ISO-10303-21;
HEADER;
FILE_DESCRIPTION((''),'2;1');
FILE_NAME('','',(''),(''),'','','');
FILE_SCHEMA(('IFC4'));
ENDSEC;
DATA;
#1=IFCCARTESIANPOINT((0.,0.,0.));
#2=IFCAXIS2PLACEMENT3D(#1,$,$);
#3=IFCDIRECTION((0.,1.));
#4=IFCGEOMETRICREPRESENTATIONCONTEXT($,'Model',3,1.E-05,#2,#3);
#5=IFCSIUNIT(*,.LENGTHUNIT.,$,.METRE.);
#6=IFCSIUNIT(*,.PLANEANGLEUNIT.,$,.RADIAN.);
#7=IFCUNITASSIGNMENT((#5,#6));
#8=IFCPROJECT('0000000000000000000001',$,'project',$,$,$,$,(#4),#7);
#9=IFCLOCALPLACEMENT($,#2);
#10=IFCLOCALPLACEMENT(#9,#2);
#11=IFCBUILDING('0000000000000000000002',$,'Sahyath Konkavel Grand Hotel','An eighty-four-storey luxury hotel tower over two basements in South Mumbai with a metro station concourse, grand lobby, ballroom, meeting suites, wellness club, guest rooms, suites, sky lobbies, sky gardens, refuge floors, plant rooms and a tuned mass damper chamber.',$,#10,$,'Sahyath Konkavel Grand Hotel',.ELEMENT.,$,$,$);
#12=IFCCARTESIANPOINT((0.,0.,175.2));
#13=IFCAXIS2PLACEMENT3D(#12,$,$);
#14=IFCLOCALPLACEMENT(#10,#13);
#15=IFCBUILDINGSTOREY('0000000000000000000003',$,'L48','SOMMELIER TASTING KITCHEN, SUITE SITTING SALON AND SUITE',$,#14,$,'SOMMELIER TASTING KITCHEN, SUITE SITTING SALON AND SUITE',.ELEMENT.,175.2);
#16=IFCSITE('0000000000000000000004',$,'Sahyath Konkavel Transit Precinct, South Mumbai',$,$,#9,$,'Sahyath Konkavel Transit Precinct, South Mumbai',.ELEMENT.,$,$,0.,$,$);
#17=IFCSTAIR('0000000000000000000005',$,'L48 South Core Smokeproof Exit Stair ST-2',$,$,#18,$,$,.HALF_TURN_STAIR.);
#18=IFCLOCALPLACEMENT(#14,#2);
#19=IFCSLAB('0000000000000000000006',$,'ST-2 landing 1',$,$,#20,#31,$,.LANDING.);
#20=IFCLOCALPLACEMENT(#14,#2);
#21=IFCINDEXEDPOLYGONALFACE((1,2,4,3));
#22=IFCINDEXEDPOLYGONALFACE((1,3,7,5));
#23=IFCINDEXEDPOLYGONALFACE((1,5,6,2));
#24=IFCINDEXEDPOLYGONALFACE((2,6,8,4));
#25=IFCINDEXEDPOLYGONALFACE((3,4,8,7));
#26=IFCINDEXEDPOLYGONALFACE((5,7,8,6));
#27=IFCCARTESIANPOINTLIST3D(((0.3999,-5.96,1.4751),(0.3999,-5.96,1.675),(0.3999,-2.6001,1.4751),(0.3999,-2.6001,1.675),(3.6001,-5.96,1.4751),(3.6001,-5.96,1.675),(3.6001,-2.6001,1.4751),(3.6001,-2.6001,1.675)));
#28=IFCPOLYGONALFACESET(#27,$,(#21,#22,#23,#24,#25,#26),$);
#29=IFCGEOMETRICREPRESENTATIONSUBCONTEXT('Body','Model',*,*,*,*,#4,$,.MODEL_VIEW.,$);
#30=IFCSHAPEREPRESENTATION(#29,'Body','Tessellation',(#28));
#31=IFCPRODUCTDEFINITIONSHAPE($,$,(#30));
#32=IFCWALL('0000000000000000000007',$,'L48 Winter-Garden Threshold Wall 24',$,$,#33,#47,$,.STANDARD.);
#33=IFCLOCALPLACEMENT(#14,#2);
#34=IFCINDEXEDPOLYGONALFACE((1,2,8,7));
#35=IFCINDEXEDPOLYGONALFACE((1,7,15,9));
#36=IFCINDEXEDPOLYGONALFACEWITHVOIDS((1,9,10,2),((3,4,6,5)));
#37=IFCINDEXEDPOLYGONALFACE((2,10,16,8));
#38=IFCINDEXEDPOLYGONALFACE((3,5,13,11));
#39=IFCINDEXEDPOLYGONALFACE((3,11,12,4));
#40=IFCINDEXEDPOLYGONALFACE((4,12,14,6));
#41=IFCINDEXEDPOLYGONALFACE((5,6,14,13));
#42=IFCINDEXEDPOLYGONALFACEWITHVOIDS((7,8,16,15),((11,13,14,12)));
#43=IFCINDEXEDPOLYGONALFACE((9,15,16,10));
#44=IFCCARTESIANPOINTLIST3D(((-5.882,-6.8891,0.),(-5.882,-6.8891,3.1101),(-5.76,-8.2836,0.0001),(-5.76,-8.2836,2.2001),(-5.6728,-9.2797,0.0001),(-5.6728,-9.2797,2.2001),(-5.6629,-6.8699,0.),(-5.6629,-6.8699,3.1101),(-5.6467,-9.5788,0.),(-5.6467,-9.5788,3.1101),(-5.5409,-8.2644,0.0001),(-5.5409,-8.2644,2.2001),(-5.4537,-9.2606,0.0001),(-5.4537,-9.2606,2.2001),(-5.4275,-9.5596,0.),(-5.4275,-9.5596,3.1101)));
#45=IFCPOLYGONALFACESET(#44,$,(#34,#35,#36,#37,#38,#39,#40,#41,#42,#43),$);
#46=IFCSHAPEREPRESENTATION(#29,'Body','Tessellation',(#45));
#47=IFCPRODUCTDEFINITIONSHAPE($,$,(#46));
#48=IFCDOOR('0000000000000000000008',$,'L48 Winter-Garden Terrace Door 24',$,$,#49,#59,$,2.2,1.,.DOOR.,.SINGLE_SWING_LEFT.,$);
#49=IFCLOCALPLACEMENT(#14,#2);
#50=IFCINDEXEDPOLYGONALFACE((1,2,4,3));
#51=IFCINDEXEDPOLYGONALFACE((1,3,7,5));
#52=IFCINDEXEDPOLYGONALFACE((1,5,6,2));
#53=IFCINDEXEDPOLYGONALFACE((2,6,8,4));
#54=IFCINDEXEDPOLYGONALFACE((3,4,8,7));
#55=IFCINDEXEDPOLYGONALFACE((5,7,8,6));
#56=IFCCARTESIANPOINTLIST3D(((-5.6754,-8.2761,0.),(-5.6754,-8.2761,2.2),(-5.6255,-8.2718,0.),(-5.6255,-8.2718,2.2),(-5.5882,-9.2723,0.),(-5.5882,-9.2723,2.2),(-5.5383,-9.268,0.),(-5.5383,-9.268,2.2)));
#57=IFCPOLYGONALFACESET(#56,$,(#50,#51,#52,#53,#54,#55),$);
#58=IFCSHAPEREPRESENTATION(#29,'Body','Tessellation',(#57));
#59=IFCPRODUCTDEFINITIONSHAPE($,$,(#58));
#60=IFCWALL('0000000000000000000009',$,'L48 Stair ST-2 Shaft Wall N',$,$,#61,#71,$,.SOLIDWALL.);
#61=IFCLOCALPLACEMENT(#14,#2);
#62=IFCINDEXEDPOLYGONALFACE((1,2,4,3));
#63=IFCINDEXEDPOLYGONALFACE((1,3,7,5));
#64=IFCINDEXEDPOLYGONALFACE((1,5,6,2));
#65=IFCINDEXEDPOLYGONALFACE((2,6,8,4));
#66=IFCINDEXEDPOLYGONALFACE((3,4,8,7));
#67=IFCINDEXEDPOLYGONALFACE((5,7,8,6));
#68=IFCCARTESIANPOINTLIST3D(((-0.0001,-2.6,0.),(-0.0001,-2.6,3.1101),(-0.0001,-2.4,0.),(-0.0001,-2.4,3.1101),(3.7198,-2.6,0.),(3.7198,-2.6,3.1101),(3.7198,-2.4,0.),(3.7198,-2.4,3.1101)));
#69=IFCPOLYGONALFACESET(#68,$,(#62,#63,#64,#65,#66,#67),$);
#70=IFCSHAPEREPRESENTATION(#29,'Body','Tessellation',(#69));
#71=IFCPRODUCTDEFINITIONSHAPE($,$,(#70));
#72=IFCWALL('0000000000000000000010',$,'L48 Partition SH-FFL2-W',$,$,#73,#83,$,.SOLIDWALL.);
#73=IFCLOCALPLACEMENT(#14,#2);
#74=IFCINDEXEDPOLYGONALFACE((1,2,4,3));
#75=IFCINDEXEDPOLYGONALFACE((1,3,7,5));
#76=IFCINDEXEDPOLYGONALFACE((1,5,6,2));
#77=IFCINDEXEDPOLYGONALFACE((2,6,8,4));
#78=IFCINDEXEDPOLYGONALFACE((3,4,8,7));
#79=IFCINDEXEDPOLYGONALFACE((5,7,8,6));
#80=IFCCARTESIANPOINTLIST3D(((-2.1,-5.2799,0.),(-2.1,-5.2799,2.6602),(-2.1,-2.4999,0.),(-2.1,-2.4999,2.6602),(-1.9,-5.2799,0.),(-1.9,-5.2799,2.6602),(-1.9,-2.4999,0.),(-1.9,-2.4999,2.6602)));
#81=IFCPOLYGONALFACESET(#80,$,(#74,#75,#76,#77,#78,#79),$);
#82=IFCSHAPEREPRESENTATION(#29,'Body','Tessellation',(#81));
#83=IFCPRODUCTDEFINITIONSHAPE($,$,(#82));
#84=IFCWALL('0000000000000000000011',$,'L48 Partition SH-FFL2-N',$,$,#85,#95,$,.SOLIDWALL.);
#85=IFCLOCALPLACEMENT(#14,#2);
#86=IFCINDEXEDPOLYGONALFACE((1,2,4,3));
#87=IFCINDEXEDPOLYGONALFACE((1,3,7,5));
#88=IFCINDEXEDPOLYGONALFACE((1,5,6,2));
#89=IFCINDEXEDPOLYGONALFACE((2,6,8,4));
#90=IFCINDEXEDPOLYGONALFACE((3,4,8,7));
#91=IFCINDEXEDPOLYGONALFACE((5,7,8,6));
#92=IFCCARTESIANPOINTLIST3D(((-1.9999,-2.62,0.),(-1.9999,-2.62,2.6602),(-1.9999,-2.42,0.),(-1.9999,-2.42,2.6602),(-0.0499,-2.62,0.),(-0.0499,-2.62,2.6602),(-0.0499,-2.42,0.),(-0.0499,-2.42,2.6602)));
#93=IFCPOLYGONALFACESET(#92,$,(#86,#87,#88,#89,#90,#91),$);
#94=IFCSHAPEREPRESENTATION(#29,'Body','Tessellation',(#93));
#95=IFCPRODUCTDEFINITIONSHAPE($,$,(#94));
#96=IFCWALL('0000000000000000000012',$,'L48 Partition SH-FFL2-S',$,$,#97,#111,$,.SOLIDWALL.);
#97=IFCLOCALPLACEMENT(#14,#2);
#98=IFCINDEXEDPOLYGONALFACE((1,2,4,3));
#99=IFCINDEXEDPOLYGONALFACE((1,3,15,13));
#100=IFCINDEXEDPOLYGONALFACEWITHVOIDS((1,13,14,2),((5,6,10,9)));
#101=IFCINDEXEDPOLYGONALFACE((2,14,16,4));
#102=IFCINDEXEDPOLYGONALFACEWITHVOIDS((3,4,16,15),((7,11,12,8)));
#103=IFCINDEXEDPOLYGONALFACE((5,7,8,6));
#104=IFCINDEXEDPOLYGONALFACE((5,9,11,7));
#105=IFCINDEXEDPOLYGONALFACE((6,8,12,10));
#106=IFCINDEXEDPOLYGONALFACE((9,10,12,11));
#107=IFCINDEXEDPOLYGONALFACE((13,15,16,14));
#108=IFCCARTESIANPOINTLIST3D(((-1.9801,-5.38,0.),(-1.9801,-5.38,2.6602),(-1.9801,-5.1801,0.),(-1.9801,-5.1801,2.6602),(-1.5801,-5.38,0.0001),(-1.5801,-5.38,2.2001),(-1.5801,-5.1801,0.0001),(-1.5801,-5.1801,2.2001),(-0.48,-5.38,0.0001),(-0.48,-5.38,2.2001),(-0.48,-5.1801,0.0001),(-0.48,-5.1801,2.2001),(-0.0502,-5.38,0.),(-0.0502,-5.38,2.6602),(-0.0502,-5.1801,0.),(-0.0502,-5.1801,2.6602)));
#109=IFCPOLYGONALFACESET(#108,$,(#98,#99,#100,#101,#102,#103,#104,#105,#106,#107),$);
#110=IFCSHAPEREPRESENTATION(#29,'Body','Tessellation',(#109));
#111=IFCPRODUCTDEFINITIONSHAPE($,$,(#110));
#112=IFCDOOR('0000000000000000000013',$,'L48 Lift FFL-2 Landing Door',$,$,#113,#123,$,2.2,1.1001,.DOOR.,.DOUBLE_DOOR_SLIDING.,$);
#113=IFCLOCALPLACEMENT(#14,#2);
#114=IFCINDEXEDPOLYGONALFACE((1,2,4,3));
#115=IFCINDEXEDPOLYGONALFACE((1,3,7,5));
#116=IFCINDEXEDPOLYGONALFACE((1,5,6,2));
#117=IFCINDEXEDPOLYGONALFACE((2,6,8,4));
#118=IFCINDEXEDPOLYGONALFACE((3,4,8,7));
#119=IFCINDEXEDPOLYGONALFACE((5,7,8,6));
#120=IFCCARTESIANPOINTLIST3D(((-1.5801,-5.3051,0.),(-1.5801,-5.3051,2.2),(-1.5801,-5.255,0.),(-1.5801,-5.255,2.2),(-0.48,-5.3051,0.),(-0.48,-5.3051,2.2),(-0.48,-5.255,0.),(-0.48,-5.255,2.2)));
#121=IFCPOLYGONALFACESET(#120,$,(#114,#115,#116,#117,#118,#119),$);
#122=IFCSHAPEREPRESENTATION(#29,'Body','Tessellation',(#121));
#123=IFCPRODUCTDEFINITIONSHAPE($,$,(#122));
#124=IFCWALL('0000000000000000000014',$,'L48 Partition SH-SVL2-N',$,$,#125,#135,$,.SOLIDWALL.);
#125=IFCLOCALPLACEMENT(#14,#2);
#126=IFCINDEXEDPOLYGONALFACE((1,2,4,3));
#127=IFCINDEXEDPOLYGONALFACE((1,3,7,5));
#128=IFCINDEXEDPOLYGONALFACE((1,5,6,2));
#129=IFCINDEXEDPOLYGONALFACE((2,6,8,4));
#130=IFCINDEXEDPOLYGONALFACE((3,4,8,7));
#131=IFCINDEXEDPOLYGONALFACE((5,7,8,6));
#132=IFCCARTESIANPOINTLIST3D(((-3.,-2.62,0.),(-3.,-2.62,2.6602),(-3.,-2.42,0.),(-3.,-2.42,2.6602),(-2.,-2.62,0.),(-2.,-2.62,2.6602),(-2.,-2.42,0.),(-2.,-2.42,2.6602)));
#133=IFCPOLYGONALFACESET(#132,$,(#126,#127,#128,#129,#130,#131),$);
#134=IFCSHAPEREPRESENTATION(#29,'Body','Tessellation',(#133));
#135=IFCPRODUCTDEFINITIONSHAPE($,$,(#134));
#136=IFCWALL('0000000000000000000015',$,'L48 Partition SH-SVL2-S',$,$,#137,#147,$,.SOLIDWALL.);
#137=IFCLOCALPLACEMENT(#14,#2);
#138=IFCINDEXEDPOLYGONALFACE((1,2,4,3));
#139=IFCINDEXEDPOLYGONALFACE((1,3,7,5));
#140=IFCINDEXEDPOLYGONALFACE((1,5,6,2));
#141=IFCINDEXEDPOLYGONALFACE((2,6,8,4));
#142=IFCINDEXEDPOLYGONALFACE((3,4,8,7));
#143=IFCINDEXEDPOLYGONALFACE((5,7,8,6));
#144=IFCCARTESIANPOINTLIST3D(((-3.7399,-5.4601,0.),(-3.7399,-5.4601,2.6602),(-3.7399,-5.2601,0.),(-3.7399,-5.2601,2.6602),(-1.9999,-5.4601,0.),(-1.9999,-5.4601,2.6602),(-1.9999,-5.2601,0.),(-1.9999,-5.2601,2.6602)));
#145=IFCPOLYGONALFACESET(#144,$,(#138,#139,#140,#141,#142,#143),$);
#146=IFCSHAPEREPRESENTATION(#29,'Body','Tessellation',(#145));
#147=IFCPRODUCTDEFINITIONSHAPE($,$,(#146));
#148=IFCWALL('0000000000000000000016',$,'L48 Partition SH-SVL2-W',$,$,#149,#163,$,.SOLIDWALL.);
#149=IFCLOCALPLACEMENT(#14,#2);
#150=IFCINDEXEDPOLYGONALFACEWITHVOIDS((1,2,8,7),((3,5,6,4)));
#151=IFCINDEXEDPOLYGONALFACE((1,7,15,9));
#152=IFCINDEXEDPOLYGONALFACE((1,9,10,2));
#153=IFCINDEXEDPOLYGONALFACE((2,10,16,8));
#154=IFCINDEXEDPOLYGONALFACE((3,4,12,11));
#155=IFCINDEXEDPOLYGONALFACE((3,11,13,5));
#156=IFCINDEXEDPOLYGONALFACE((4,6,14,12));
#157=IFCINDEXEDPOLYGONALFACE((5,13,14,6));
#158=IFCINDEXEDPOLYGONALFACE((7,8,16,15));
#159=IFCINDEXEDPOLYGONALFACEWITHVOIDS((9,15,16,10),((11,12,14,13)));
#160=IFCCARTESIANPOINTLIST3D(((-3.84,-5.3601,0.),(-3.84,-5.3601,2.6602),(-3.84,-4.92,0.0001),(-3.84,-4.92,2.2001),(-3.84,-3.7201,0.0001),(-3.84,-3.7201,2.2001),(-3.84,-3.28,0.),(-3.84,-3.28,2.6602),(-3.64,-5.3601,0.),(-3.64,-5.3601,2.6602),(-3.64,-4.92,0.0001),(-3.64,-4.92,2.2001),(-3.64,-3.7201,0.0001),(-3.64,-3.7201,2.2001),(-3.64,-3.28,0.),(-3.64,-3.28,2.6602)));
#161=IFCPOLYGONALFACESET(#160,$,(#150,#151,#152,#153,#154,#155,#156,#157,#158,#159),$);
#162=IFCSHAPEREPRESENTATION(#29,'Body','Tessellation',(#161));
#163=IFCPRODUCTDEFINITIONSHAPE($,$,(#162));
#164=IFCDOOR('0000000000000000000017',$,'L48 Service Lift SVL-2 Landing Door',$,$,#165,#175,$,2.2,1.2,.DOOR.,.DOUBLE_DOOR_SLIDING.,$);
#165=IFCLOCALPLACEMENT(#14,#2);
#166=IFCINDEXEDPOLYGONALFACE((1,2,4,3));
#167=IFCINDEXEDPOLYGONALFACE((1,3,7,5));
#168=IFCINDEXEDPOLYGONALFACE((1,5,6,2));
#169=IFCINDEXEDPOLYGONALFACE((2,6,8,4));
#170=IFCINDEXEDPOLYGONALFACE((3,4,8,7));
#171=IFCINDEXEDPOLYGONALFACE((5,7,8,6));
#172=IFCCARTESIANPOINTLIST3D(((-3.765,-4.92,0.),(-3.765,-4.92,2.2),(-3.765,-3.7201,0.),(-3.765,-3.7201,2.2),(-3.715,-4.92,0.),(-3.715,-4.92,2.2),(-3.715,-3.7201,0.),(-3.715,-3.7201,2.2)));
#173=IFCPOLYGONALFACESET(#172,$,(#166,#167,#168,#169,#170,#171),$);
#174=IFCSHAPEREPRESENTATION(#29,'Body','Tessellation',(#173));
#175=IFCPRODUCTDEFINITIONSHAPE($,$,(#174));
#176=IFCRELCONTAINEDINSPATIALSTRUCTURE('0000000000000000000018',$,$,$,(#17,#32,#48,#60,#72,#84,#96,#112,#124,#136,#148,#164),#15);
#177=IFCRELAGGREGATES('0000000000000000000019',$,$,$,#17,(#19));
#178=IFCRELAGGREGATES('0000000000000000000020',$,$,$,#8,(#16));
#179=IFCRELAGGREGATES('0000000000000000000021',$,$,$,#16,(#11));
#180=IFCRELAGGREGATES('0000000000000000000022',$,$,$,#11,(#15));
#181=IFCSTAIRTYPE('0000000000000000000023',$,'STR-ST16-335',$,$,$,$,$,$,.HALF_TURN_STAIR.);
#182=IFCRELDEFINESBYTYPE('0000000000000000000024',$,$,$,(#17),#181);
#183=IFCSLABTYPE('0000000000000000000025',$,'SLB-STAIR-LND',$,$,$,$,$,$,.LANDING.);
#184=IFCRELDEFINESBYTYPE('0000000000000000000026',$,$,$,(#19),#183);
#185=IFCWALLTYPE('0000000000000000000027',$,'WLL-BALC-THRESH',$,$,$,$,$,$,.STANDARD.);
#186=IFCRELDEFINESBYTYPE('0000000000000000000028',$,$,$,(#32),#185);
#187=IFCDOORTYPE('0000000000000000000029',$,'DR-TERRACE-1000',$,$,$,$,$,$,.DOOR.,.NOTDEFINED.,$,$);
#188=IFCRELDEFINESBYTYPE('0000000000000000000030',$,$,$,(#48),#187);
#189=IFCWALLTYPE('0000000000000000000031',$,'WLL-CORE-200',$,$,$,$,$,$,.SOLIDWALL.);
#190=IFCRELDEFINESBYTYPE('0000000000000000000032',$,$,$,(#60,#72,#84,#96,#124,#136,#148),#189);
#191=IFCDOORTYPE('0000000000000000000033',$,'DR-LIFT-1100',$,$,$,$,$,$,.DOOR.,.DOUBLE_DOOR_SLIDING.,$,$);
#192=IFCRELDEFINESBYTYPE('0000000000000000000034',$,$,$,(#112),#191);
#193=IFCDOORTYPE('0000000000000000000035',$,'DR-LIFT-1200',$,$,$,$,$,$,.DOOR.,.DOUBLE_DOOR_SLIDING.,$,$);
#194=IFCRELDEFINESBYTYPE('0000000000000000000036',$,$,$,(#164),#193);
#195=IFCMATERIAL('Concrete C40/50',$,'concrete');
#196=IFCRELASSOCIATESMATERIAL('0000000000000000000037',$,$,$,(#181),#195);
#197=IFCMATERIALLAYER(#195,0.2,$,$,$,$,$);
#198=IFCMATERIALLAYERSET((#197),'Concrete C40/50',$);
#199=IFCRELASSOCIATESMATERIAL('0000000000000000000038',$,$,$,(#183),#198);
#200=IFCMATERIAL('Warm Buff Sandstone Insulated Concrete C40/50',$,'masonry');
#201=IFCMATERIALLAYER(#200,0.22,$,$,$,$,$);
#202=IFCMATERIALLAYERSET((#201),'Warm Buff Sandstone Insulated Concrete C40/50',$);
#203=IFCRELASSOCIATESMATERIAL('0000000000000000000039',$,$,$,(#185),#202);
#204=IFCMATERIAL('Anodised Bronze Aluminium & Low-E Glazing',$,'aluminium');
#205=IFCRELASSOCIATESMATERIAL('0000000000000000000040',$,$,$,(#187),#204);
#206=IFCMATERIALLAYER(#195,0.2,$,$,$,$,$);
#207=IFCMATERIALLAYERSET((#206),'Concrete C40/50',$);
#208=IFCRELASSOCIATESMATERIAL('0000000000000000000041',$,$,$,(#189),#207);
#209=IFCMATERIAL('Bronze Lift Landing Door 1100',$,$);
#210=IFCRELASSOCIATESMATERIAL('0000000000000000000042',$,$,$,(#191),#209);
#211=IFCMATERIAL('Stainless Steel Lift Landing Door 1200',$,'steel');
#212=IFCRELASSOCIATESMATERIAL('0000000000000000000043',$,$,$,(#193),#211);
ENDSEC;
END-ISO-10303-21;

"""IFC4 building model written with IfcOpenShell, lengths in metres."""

from ifc_helpers import new_model, si_unit, direction, frame, frame_2d, origin, origin_2d, place, context, subcontext, project, spatial, polyline, rectangle, outline, extrude, source, transform, mapped, material, layer, layer_set, type_object, element, fill, aggregate, save


model = new_model("IFC4")

# Units and contexts
model_context = context("Model", 3, precision=1e-05, world=origin(), true_north=direction((0.0, 1.0)))
body_context = subcontext(model_context, "Body", "Model", "MODEL_VIEW")
ifc_project = project(units=[si_unit("LENGTHUNIT", "METRE"), si_unit("PLANEANGLEUNIT", "RADIAN")], contexts=[model_context])

# Site, building, storey
site_placement = place(None, origin())
site = spatial("IfcSite", under=ifc_project, at=site_placement, Name="Sahyath Konkavel Transit Precinct, South Mumbai", LongName="Sahyath Konkavel Transit Precinct, South Mumbai", CompositionType="ELEMENT", RefElevation=0.0)
building_placement = place(site_placement, origin())
building = spatial("IfcBuilding", under=site, at=building_placement, Name="Sahyath Konkavel Grand Hotel", Description="An eighty-four-storey luxury hotel tower over two basements in South Mumbai with a metro station concourse, grand lobby, ballroom, meeting suites, wellness club, guest rooms, suites, sky lobbies, sky gardens, refuge floors, plant rooms and a tuned mass damper chamber.", LongName="Sahyath Konkavel Grand Hotel", CompositionType="ELEMENT")
storey_placement = place(building_placement, frame((0.0, 0.0, 175.2)))
storey = spatial("IfcBuildingStorey", under=building, at=storey_placement, Name="L48", Description="SOMMELIER TASTING KITCHEN, SUITE SITTING SALON AND SUITE", LongName="SOMMELIER TASTING KITCHEN, SUITE SITTING SALON AND SUITE", CompositionType="ELEMENT", Elevation=175.2)

# Shared definitions
ifc_material_1 = material(Name="Anodised Bronze Aluminium & Low-E Glazing", Category="aluminium")

# Shared definitions
ifc_material_2 = material(Name="Concrete C40/50", Category="concrete")

# Stair, slab
stair_type = type_object("IfcStairType", Name="STR-ST16-335", PredefinedType="HALF_TURN_STAIR", material=ifc_material_2)
ifc_layer_1 = layer(ifc_material_2, 0.2)
ifc_layer_set_1 = layer_set([ifc_layer_1], Name="Concrete C40/50")
slab_type_1 = type_object("IfcSlabType", Name="SLB-STAIR-LND", PredefinedType="LANDING", material=ifc_layer_set_1)
stair_1_placement = place(storey_placement, origin())
stair_1 = element("IfcStair", 1, at=stair_1_placement, inside=storey, type_object=stair_type, Name="L48 South Core Smokeproof Exit Stair ST-2", PredefinedType="HALF_TURN_STAIR")
slab_1_placement = place(storey_placement, frame((0.0, 0.0, 1.4751)))
slab_1 = element("IfcSlab", 2, at=slab_1_placement, type_object=slab_type_1, Name="ST-2 landing 1", PredefinedType="LANDING", context=body_context, shape_type="SweptSolid", body=[
    extrude(outline(polyline([(3.6001, -5.96), (3.6001, -2.6001), (0.3999, -2.6001), (0.3999, -5.96), (3.6001, -5.96)])), origin(), (0.0, 0.0, 1.0), 0.2),
])
aggregate(stair_1, [slab_1])

# Wall, opening, door
ifc_material_3 = material(Name="Warm Buff Sandstone Insulated Concrete C40/50", Category="masonry")
ifc_layer_2 = layer(ifc_material_3, 0.22)
ifc_layer_set_2 = layer_set([ifc_layer_2], Name="Warm Buff Sandstone Insulated Concrete C40/50")
wall_type_1 = type_object("IfcWallType", Name="WLL-BALC-THRESH", PredefinedType="STANDARD", material=ifc_layer_set_2)
wall_1_placement = place(storey_placement, frame((-5.7725, -6.8794, 0.0), z_axis=(0.0, 0.0, 1.0), x_axis=(0.087168, -0.996194, 0.0)))
wall_1 = element("IfcWall", 3, at=wall_1_placement, inside=storey, type_object=wall_type_1, Name="L48 Winter-Garden Threshold Wall 24", PredefinedType="STANDARD", context=body_context, shape_type="SweptSolid", body=[
    extrude(rectangle(XDim=2.7, YDim=0.22, at=frame_2d((1.3501, 0.0))), origin(), (0.0, 0.0, 1.0), 3.1101),
])
opening_1_placement = place(wall_1_placement, frame((1.3999, 0.0, 0.0)))
opening_1 = element("IfcOpeningElement", 4, at=opening_1_placement, cuts=wall_1, PredefinedType="OPENING", context=body_context, shape_type="SweptSolid", body=[
    extrude(rectangle(XDim=1.0, YDim=2.2, at=frame_2d((0.5, 1.1001))), frame((0.0, 0.1201, 0.0), z_axis=(0.0, -1.0, 0.0), x_axis=(1.0, 0.0, 0.0)), (0.0, 0.0, 1.0), 0.24),
])
door_type_1 = type_object("IfcDoorType", Name="DR-TERRACE-1000", OperationType="NOTDEFINED", PredefinedType="DOOR", material=ifc_material_1)
shared_shape_1 = source(origin(), body_context, "Body", "SweptSolid", [
    extrude(rectangle(XDim=1.0, YDim=0.05, at=origin_2d()), origin(), (0.0, 0.0, 1.0), 2.2),
])
door_1_placement = place(opening_1_placement, frame((0.5, 0.0, 0.0)))
door_1 = element("IfcDoor", 5, at=door_1_placement, inside=storey, type_object=door_type_1, Name="L48 Winter-Garden Terrace Door 24", OperationType="SINGLE_SWING_LEFT", OverallHeight=2.2, OverallWidth=1.0, PredefinedType="DOOR", context=body_context, shape_type="MappedRepresentation", body=[
    mapped(shared_shape_1, transform((0.0, 0.0, 0.0), scale=1.0)),
])
fill(opening_1, door_1)

# Walls
ifc_layer_3 = layer(ifc_material_2, 0.2)
ifc_layer_set_3 = layer_set([ifc_layer_3], Name="Concrete C40/50")
wall_type_2 = type_object("IfcWallType", Name="WLL-CORE-200", PredefinedType="SOLIDWALL", material=ifc_layer_set_3)
wall_2_placement = place(storey_placement, frame((0.0, -2.5, 0.0), z_axis=(0.0, 0.0, 1.0), x_axis=(1.0, 0.0, 0.0)))
element("IfcWall", 6, at=wall_2_placement, inside=storey, type_object=wall_type_2, Name="L48 Stair ST-2 Shaft Wall N", PredefinedType="SOLIDWALL", context=body_context, shape_type="SweptSolid", body=[
    extrude(rectangle(XDim=3.72, YDim=0.2, at=frame_2d((1.8599, 0.0))), origin(), (0.0, 0.0, 1.0), 3.1101),
])
wall_3_placement = place(storey_placement, frame((-2.0, -5.28, 0.0), z_axis=(0.0, 0.0, 1.0), x_axis=(0.0, 1.0, 0.0)))
element("IfcWall", 7, at=wall_3_placement, inside=storey, type_object=wall_type_2, Name="L48 Partition SH-FFL2-W", PredefinedType="SOLIDWALL", context=body_context, shape_type="SweptSolid", body=[
    extrude(rectangle(XDim=2.78, YDim=0.2, at=frame_2d((1.3901, 0.0))), origin(), (0.0, 0.0, 1.0), 2.6602),
])
wall_4_placement = place(storey_placement, frame((-2.0, -2.52, 0.0), z_axis=(0.0, 0.0, 1.0), x_axis=(1.0, 0.0, 0.0)))
element("IfcWall", 8, at=wall_4_placement, inside=storey, type_object=wall_type_2, Name="L48 Partition SH-FFL2-N", PredefinedType="SOLIDWALL", context=body_context, shape_type="SweptSolid", body=[
    extrude(rectangle(XDim=1.95, YDim=0.2, at=frame_2d((0.9751, 0.0))), origin(), (0.0, 0.0, 1.0), 2.6602),
])

# Wall, opening, door
wall_5_placement = place(storey_placement, frame((-1.98, -5.28, 0.0), z_axis=(0.0, 0.0, 1.0), x_axis=(1.0, 0.0, 0.0)))
wall_5 = element("IfcWall", 9, at=wall_5_placement, inside=storey, type_object=wall_type_2, Name="L48 Partition SH-FFL2-S", PredefinedType="SOLIDWALL", context=body_context, shape_type="SweptSolid", body=[
    extrude(rectangle(XDim=1.9299, YDim=0.2, at=frame_2d((0.9648, 0.0))), origin(), (0.0, 0.0, 1.0), 2.6602),
])
opening_2_placement = place(wall_5_placement, frame((0.3999, 0.0, 0.0)))
opening_2 = element("IfcOpeningElement", 10, at=opening_2_placement, cuts=wall_5, PredefinedType="OPENING", context=body_context, shape_type="SweptSolid", body=[
    extrude(rectangle(XDim=1.1001, YDim=2.2, at=frame_2d((0.55, 1.1001))), frame((0.0, 0.1099, 0.0), z_axis=(0.0, -1.0, 0.0), x_axis=(1.0, 0.0, 0.0)), (0.0, 0.0, 1.0), 0.22),
])
ifc_material_4 = material(Name="Bronze Lift Landing Door 1100")
door_type_2 = type_object("IfcDoorType", Name="DR-LIFT-1100", OperationType="DOUBLE_DOOR_SLIDING", PredefinedType="DOOR", material=ifc_material_4)
shared_shape_2 = source(origin(), body_context, "Body", "SweptSolid", [
    extrude(rectangle(XDim=1.1001, YDim=0.05, at=origin_2d()), origin(), (0.0, 0.0, 1.0), 2.2),
])
door_2_placement = place(opening_2_placement, frame((0.55, 0.0, 0.0)))
door_2 = element("IfcDoor", 11, at=door_2_placement, inside=storey, type_object=door_type_2, Name="L48 Lift FFL-2 Landing Door", OperationType="DOUBLE_DOOR_SLIDING", OverallHeight=2.2, OverallWidth=1.1001, PredefinedType="DOOR", context=body_context, shape_type="MappedRepresentation", body=[
    mapped(shared_shape_2, transform((0.0, 0.0, 0.0), scale=1.0)),
])
fill(opening_2, door_2)

# Walls
wall_6_placement = place(storey_placement, frame((-3.0, -2.52, 0.0), z_axis=(0.0, 0.0, 1.0), x_axis=(1.0, 0.0, 0.0)))
element("IfcWall", 12, at=wall_6_placement, inside=storey, type_object=wall_type_2, Name="L48 Partition SH-SVL2-N", PredefinedType="SOLIDWALL", context=body_context, shape_type="SweptSolid", body=[
    extrude(rectangle(XDim=1.0, YDim=0.2, at=frame_2d((0.5, 0.0))), origin(), (0.0, 0.0, 1.0), 2.6602),
])
wall_7_placement = place(storey_placement, frame((-3.74, -5.3601, 0.0), z_axis=(0.0, 0.0, 1.0), x_axis=(1.0, 0.0, 0.0)))
element("IfcWall", 13, at=wall_7_placement, inside=storey, type_object=wall_type_2, Name="L48 Partition SH-SVL2-S", PredefinedType="SOLIDWALL", context=body_context, shape_type="SweptSolid", body=[
    extrude(rectangle(XDim=1.74, YDim=0.2, at=frame_2d((0.8701, 0.0))), origin(), (0.0, 0.0, 1.0), 2.6602),
])

# Wall, opening, door
wall_8_placement = place(storey_placement, frame((-3.74, -5.3601, 0.0), z_axis=(0.0, 0.0, 1.0), x_axis=(0.0, 1.0, 0.0)))
wall_8 = element("IfcWall", 14, at=wall_8_placement, inside=storey, type_object=wall_type_2, Name="L48 Partition SH-SVL2-W", PredefinedType="SOLIDWALL", context=body_context, shape_type="SweptSolid", body=[
    extrude(rectangle(XDim=2.0801, YDim=0.2, at=frame_2d((1.04, 0.0))), origin(), (0.0, 0.0, 1.0), 2.6602),
])
opening_3_placement = place(wall_8_placement, frame((0.4399, 0.0, 0.0)))
opening_3 = element("IfcOpeningElement", 15, at=opening_3_placement, cuts=wall_8, PredefinedType="OPENING", context=body_context, shape_type="SweptSolid", body=[
    extrude(rectangle(XDim=1.2, YDim=2.2, at=frame_2d((0.6001, 1.1001))), frame((0.0, 0.1099, 0.0), z_axis=(0.0, -1.0, 0.0), x_axis=(1.0, 0.0, 0.0)), (0.0, 0.0, 1.0), 0.22),
])
ifc_material_5 = material(Name="Stainless Steel Lift Landing Door 1200", Category="steel")
door_type_3 = type_object("IfcDoorType", Name="DR-LIFT-1200", OperationType="DOUBLE_DOOR_SLIDING", PredefinedType="DOOR", material=ifc_material_5)
shared_shape_3 = source(origin(), body_context, "Body", "SweptSolid", [
    extrude(rectangle(XDim=1.2, YDim=0.05, at=origin_2d()), origin(), (0.0, 0.0, 1.0), 2.2),
])
door_3_placement = place(opening_3_placement, frame((0.6001, 0.0, 0.0)))
door_3 = element("IfcDoor", 16, at=door_3_placement, inside=storey, type_object=door_type_3, Name="L48 Service Lift SVL-2 Landing Door", OperationType="DOUBLE_DOOR_SLIDING", OverallHeight=2.2, OverallWidth=1.2, PredefinedType="DOOR", context=body_context, shape_type="MappedRepresentation", body=[
    mapped(shared_shape_3, transform((0.0, 0.0, 0.0), scale=1.0)),
])
fill(opening_3, door_3)

save(model, "model.ifc")
